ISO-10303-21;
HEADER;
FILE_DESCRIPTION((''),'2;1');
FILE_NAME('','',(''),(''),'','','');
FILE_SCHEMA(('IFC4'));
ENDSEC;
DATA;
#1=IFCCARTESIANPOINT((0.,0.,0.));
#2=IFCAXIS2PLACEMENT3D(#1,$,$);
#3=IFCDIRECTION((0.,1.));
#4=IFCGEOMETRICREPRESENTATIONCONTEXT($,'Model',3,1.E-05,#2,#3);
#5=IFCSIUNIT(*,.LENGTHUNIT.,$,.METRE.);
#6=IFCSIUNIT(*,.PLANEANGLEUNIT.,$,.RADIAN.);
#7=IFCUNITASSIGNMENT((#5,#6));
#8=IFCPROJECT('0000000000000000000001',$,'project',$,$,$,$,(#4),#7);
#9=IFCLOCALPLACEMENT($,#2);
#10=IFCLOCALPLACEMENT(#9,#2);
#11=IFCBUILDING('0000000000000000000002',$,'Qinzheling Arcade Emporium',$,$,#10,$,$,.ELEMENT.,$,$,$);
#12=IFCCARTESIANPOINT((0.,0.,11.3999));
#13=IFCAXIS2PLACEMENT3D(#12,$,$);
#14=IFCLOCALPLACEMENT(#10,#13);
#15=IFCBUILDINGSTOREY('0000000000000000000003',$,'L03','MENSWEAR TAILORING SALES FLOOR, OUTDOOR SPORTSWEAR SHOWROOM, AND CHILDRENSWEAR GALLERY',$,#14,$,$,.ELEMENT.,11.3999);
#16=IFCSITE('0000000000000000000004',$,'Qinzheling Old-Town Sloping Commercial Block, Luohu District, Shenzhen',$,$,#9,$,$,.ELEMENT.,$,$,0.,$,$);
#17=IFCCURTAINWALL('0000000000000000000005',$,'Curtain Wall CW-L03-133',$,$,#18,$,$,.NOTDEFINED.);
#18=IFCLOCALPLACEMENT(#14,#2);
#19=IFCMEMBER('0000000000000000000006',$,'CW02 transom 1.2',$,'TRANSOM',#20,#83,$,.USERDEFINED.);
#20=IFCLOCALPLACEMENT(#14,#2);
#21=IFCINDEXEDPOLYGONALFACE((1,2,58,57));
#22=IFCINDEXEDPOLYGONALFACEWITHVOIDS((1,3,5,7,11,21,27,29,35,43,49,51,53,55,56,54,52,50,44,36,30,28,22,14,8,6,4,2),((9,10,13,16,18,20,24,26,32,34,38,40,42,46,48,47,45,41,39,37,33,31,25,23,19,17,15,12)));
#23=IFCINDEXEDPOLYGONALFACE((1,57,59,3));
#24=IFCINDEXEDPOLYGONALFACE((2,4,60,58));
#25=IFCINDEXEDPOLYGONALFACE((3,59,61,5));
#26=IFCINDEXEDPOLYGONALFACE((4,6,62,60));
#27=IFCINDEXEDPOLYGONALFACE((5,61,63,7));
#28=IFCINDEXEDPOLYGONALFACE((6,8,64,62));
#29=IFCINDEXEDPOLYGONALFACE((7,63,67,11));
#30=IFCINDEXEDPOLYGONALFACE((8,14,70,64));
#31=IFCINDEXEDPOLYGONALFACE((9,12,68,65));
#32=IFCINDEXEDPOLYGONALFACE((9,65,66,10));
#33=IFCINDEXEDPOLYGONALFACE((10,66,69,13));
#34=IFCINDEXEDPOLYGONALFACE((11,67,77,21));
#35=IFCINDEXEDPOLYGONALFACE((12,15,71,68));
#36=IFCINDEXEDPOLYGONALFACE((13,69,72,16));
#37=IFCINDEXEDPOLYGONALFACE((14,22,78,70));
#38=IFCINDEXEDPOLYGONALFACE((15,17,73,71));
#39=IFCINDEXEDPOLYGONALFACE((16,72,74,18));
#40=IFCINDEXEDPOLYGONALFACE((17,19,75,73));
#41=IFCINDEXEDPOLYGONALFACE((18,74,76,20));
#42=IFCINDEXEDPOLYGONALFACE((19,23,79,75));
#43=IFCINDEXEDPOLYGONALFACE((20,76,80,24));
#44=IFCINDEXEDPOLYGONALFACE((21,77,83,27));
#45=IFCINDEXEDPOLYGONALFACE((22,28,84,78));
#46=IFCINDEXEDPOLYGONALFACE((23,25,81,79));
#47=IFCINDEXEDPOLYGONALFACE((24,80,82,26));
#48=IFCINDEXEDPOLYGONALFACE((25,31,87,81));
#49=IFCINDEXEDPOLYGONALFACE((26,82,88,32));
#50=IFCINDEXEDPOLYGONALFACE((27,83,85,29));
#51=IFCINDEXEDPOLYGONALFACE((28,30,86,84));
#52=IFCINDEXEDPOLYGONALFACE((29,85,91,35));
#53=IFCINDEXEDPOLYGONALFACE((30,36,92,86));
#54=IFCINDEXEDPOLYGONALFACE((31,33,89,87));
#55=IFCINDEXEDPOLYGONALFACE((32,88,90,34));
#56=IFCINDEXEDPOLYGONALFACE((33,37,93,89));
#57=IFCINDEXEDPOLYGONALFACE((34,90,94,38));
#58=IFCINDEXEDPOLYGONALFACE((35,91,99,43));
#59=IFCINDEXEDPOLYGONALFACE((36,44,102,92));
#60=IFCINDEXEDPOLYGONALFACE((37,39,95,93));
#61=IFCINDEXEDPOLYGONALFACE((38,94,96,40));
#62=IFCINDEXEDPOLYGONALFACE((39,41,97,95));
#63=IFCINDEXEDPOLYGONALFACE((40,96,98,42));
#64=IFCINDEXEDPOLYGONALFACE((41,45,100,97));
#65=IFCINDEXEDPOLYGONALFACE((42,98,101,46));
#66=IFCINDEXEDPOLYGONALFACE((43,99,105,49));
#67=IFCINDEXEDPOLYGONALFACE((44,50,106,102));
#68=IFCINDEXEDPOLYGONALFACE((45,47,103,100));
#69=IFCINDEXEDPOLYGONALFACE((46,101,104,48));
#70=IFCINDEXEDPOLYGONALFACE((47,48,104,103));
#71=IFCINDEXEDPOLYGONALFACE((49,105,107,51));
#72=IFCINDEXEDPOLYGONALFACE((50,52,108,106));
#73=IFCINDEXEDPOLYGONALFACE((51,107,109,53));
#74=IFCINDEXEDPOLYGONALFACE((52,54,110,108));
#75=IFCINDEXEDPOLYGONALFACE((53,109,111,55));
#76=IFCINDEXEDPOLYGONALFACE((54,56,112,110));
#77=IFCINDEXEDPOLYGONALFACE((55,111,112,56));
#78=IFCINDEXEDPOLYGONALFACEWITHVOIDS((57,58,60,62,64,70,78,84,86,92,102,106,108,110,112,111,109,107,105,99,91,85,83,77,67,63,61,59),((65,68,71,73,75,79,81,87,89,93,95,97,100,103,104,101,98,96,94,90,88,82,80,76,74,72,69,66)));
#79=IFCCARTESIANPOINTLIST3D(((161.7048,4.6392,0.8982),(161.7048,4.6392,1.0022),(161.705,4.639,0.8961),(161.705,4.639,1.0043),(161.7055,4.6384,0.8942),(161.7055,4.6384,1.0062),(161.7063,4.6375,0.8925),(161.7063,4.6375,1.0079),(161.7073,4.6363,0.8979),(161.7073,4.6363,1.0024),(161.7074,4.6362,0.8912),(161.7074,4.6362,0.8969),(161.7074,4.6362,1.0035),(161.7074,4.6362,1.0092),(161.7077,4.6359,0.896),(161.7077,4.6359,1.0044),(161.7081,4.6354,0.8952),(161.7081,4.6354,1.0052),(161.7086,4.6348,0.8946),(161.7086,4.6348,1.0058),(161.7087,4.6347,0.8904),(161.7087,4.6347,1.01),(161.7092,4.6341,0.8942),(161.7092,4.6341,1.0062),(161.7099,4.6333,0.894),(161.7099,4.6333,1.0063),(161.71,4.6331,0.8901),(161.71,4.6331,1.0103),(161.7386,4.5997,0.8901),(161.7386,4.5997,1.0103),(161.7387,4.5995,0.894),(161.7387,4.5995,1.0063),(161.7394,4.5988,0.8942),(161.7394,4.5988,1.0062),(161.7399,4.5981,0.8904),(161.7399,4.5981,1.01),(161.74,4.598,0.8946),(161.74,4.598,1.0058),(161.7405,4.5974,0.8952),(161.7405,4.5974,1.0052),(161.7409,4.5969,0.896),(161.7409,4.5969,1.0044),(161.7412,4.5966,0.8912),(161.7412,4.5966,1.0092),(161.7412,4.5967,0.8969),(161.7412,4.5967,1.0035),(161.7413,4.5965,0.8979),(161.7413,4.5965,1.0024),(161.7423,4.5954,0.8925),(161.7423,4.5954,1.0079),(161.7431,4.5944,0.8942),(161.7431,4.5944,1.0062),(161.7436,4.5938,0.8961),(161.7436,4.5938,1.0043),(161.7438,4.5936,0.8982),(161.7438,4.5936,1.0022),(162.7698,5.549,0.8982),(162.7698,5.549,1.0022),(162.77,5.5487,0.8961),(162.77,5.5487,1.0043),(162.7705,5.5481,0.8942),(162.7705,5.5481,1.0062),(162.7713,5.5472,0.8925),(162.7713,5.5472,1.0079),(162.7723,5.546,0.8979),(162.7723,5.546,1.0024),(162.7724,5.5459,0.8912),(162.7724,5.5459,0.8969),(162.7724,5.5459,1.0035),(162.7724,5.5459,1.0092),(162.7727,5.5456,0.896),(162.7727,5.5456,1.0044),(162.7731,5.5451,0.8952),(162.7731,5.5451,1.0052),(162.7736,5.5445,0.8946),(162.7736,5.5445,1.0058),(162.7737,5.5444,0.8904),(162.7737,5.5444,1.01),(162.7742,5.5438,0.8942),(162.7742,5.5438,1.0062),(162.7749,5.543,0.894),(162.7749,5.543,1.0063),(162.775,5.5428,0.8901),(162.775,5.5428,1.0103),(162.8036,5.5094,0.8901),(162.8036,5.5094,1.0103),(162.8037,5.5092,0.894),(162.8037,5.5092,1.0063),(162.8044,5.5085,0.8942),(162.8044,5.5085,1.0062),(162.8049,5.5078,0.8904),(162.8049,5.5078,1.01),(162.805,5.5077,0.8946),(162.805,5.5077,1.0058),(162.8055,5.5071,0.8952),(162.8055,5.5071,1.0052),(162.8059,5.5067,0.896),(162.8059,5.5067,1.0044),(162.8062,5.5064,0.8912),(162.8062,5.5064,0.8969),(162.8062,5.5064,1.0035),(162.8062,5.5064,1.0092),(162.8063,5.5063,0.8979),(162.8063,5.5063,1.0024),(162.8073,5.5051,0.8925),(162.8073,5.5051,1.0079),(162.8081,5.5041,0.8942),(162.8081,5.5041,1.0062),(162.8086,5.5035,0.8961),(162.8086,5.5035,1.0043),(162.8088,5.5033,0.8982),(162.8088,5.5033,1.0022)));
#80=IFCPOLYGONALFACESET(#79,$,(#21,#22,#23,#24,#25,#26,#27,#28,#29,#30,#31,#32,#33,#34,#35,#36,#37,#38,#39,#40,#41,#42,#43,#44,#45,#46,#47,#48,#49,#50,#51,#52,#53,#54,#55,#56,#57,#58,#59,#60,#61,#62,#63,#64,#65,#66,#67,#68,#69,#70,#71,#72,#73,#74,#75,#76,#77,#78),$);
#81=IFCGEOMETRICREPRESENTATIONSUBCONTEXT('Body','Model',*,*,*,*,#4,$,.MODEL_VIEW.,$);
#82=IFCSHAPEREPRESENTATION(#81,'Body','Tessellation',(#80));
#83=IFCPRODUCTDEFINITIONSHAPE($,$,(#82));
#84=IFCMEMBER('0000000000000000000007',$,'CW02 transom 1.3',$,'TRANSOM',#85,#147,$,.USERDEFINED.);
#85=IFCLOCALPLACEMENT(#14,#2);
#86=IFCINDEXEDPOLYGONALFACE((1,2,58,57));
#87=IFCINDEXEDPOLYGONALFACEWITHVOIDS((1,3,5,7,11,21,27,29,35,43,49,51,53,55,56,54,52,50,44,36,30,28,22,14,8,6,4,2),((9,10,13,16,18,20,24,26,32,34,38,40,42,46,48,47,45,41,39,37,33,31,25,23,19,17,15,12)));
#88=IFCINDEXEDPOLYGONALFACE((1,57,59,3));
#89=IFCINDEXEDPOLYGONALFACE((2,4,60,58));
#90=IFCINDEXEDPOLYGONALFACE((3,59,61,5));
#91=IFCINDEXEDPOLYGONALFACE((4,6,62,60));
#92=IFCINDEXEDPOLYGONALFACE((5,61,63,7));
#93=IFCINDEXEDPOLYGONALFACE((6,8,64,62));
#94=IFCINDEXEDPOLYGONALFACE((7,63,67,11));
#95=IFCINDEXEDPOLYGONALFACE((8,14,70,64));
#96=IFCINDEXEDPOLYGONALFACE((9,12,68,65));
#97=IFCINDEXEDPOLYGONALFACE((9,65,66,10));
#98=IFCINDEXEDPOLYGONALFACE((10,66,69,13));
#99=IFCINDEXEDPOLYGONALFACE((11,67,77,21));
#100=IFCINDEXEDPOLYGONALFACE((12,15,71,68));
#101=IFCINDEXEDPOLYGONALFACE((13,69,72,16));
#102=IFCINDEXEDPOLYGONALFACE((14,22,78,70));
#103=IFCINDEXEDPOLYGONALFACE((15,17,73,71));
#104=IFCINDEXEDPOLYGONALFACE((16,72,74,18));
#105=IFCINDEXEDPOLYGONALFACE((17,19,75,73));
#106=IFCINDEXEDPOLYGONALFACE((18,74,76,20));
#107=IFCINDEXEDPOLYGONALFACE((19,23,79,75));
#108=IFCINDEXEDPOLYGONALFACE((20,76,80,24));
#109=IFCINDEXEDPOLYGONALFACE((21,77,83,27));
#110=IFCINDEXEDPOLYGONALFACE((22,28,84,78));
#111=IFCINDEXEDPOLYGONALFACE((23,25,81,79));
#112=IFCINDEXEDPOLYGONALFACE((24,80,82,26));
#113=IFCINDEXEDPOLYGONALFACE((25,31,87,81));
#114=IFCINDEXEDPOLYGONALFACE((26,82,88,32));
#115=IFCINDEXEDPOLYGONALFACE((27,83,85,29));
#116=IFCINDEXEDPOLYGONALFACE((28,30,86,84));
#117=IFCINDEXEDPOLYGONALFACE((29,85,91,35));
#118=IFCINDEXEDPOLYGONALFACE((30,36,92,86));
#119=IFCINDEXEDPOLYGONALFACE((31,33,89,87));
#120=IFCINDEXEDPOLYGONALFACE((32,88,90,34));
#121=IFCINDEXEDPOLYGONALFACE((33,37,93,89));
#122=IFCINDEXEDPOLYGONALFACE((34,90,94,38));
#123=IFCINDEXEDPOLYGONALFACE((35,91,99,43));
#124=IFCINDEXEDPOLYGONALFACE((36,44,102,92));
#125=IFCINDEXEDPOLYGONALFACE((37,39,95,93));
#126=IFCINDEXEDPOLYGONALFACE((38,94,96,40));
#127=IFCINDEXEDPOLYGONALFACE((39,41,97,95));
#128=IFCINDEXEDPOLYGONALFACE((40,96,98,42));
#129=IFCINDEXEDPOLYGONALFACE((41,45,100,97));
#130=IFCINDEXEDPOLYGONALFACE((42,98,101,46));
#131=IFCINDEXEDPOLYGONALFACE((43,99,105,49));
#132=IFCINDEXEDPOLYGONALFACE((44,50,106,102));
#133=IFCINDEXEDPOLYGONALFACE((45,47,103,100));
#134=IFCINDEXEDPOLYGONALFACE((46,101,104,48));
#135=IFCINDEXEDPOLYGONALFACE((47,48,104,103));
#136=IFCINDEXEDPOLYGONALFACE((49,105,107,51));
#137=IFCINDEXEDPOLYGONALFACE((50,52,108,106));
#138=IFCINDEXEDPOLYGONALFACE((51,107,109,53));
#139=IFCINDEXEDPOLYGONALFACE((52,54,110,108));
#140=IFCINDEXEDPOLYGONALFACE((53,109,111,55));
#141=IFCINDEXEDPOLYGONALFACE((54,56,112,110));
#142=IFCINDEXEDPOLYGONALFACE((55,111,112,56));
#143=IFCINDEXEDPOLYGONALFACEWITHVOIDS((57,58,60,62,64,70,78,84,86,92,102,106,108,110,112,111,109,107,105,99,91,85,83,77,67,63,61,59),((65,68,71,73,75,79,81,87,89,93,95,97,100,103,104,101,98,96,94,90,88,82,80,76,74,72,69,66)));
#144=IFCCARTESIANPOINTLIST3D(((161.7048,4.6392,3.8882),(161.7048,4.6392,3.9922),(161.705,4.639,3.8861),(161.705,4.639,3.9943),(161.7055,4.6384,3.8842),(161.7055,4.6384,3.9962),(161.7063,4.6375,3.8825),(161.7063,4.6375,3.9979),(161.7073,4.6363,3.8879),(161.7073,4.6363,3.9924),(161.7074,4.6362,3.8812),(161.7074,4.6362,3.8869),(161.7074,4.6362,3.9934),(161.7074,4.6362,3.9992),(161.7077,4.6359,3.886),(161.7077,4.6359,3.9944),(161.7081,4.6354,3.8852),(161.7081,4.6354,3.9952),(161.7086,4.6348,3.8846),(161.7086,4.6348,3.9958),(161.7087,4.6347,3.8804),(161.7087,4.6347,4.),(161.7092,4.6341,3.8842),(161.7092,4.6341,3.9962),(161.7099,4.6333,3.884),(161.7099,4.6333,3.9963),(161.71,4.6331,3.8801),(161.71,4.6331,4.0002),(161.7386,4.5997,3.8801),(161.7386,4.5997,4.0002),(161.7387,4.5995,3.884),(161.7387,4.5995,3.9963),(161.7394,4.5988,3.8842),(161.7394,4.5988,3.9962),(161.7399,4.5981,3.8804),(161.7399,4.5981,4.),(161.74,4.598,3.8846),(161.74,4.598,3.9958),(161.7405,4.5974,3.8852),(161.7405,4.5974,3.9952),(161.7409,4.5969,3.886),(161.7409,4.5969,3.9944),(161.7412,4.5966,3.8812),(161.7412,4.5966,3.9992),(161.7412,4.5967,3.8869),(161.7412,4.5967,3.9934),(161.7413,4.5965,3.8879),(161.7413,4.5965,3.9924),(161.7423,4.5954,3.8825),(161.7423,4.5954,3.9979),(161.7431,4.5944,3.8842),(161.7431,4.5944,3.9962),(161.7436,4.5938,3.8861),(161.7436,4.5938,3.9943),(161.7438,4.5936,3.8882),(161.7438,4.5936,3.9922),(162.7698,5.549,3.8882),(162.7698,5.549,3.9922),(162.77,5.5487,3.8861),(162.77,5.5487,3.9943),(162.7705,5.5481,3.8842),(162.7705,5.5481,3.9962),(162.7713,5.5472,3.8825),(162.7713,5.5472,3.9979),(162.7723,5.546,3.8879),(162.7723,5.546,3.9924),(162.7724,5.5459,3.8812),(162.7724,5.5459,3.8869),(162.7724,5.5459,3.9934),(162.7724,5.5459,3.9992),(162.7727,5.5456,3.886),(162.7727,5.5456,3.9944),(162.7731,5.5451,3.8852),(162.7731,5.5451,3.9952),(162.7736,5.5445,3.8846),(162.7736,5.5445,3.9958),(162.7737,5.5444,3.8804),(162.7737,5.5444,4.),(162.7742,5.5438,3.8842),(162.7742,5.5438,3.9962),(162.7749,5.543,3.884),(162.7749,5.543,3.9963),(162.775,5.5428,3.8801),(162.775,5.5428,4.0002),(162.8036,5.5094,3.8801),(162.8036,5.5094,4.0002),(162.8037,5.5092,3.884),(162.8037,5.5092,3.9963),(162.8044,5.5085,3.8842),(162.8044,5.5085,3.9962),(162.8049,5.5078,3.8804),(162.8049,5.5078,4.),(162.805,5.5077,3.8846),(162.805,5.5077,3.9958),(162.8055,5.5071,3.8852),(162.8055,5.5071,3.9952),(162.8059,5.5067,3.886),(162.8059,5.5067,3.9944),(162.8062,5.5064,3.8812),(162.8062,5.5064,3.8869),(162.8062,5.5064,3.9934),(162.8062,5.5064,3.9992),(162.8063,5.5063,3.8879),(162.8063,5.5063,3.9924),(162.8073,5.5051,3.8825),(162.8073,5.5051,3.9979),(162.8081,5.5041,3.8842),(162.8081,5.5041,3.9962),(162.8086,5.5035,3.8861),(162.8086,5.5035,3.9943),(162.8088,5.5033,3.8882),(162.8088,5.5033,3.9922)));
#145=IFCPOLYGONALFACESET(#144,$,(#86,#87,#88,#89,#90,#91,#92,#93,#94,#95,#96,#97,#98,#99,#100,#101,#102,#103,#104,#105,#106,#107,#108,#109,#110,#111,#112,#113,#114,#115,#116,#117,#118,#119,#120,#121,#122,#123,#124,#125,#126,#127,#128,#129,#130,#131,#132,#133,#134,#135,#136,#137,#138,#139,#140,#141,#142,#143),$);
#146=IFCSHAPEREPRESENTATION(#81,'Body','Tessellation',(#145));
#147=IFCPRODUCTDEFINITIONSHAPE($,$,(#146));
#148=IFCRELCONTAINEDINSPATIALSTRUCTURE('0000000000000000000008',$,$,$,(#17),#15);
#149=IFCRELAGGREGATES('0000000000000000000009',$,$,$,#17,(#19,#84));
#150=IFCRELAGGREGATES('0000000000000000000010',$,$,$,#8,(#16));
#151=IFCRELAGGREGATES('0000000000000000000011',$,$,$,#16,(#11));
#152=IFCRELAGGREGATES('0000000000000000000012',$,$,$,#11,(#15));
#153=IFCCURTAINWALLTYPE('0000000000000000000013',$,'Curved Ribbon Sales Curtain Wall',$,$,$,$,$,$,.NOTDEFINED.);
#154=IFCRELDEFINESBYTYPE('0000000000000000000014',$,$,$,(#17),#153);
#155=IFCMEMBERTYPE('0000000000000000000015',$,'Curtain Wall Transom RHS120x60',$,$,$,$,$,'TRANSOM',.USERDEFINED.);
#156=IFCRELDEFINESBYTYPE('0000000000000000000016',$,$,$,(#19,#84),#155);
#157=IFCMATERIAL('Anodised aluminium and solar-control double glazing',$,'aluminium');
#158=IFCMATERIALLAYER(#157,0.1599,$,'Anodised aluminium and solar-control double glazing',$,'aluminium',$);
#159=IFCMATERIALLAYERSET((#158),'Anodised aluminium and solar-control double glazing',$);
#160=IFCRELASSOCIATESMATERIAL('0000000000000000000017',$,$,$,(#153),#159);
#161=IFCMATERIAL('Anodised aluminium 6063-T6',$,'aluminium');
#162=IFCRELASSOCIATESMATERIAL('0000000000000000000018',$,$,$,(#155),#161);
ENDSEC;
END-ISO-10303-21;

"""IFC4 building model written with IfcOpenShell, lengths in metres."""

from ifc_helpers import new_model, si_unit, direction, frame, origin, origin_2d, place, context, subcontext, project, spatial, hollow_rectangle, extrude, material, layer, layer_set, material_profile, profile_set, type_object, element, aggregate, save


model = new_model("IFC4")

# Units and contexts
model_context = context("Model", 3, precision=1e-05, world=origin(), true_north=direction((0.0, 1.0)))
body_context = subcontext(model_context, "Body", "Model", "MODEL_VIEW")
ifc_project = project(units=[si_unit("LENGTHUNIT", "METRE"), si_unit("PLANEANGLEUNIT", "RADIAN")], contexts=[model_context])

# Site, building, storey
site_placement = place(None, origin())
site = spatial("IfcSite", under=ifc_project, at=site_placement, Name="Qinzheling Old-Town Sloping Commercial Block, Luohu District, Shenzhen", CompositionType="ELEMENT", RefElevation=0.0)
building_placement = place(site_placement, origin())
building = spatial("IfcBuilding", under=site, at=building_placement, Name="Qinzheling Arcade Emporium", CompositionType="ELEMENT")
storey_placement = place(building_placement, frame((0.0, 0.0, 11.3999)))
storey = spatial("IfcBuildingStorey", under=building, at=storey_placement, Name="L03", Description="MENSWEAR TAILORING SALES FLOOR, OUTDOOR SPORTSWEAR SHOWROOM, AND CHILDRENSWEAR GALLERY", CompositionType="ELEMENT", Elevation=11.3999)

# Shared definitions
ifc_material_1 = material(Name="Anodised aluminium and solar-control double glazing", Category="aluminium")
ifc_layer_1 = layer(ifc_material_1, 0.1599, Name="Anodised aluminium and solar-control double glazing", Category="aluminium")
ifc_layer_set_1 = layer_set([ifc_layer_1], Name="Anodised aluminium and solar-control double glazing")
curtain_wall_type = type_object("IfcCurtainWallType", Name="Curved Ribbon Sales Curtain Wall", PredefinedType="NOTDEFINED", material=ifc_layer_set_1)
ifc_material_2 = material(Name="Anodised aluminium 6063-T6", Category="aluminium")

# Curtain wall
curtain_wall_1_placement = place(storey_placement, origin())
curtain_wall_1 = element("IfcCurtainWall", 1, at=curtain_wall_1_placement, inside=storey, type_object=curtain_wall_type, Name="Curtain Wall CW-L03-133", PredefinedType="NOTDEFINED")

# Members
ifc_material_profile_1 = material_profile(ifc_material_2, hollow_rectangle(XDim=0.0601, YDim=0.1201, WallThickness=0.0039, InnerFilletRadius=0.0039, OuterFilletRadius=0.0081, at=origin_2d()), Name="RHS 120x60x4", Category="aluminium")
ifc_profile_set_1 = profile_set([ifc_material_profile_1], Name="Anodised aluminium 6063-T6")
member_type_1 = type_object("IfcMemberType", Name="Curtain Wall Transom RHS120x60", ElementType="TRANSOM", PredefinedType="USERDEFINED", material=ifc_profile_set_1)
member_1_placement = place(storey_placement, frame((162.7893, 5.5261, 0.9502), z_axis=(-0.760363, -0.649498, 0.0), x_axis=(0.649498, -0.760363, 0.0)))
member_1 = element("IfcMember", 2, at=member_1_placement, type_object=member_type_1, Name="CW02 transom 1.2", ObjectType="TRANSOM", PredefinedType="USERDEFINED", context=body_context, shape_type="SweptSolid", body=[
    extrude(hollow_rectangle(XDim=0.0601, YDim=0.1201, WallThickness=0.0039, InnerFilletRadius=0.0039, OuterFilletRadius=0.0081, at=origin_2d()), origin(), (0.0, 0.0, 1.0), 1.4006),
])
member_2_placement = place(storey_placement, frame((162.7893, 5.5261, 3.9402), z_axis=(-0.760363, -0.649498, 0.0), x_axis=(0.649498, -0.760363, 0.0)))
member_2 = element("IfcMember", 3, at=member_2_placement, type_object=member_type_1, Name="CW02 transom 1.3", ObjectType="TRANSOM", PredefinedType="USERDEFINED", context=body_context, shape_type="SweptSolid", body=[
    extrude(hollow_rectangle(XDim=0.0601, YDim=0.1201, WallThickness=0.0039, InnerFilletRadius=0.0039, OuterFilletRadius=0.0081, at=origin_2d()), origin(), (0.0, 0.0, 1.0), 1.4006),
])

aggregate(curtain_wall_1, [member_1, member_2])

save(model, "model.ifc")
